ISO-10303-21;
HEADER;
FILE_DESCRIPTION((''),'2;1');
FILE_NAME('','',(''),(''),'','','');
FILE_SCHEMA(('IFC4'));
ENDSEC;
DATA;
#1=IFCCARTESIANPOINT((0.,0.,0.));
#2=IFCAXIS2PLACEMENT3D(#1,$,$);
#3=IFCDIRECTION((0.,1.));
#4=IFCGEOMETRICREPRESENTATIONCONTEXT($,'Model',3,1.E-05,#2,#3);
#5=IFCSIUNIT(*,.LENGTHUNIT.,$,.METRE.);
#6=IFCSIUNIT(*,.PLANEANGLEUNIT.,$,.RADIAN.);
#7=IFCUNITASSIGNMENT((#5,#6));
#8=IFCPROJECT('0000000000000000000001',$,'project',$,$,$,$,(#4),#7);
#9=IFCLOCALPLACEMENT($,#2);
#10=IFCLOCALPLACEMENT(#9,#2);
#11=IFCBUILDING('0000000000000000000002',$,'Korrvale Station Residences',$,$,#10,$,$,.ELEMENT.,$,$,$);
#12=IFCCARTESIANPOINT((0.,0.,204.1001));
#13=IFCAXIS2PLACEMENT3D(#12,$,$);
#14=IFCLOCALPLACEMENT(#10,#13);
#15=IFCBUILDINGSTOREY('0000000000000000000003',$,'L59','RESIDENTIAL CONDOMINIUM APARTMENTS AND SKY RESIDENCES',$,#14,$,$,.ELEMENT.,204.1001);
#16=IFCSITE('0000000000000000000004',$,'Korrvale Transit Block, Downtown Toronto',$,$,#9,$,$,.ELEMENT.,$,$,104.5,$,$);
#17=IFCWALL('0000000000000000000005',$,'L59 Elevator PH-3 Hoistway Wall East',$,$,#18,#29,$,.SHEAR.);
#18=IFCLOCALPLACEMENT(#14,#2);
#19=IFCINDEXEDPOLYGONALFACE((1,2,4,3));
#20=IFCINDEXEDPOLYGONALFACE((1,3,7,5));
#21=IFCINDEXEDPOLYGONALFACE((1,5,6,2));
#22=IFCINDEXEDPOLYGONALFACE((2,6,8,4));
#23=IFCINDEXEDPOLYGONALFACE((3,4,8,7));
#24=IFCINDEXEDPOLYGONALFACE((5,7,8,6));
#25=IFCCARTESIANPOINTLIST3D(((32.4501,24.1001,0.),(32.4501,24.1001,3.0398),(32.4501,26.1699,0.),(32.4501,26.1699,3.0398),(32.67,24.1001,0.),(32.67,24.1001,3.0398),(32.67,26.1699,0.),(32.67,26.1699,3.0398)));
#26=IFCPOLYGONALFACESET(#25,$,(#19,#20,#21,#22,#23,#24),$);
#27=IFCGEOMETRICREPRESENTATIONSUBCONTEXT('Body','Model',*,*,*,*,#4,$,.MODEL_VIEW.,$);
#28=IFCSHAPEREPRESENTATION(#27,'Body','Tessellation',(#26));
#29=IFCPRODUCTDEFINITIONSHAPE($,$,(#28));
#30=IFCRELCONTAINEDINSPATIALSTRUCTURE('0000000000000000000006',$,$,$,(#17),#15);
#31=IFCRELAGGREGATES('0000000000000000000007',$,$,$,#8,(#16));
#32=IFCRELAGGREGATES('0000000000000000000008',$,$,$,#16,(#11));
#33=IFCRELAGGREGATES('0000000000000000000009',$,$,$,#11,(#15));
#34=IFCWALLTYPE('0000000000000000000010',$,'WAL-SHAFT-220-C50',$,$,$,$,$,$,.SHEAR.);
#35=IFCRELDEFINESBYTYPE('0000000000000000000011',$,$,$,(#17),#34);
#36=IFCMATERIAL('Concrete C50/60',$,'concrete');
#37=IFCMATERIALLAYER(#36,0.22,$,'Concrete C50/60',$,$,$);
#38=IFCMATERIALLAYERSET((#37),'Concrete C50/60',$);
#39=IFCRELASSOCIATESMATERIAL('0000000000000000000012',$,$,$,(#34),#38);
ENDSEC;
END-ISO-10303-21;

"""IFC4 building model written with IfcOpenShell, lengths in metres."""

from ifc_helpers import new_model, si_unit, direction, frame, frame_2d, origin, place, context, subcontext, project, spatial, rectangle, extrude, material, layer, layer_set, type_object, element, save


model = new_model("IFC4")

# Units and contexts
model_context = context("Model", 3, precision=1e-05, world=origin(), true_north=direction((0.0, 1.0)))
body_context = subcontext(model_context, "Body", "Model", "MODEL_VIEW")
ifc_project = project(units=[si_unit("LENGTHUNIT", "METRE"), si_unit("PLANEANGLEUNIT", "RADIAN")], contexts=[model_context])

# Site, building, storey
site_placement = place(None, origin())
site = spatial("IfcSite", under=ifc_project, at=site_placement, Name="Korrvale Transit Block, Downtown Toronto", CompositionType="ELEMENT", RefElevation=104.5)
building_placement = place(site_placement, origin())
building = spatial("IfcBuilding", under=site, at=building_placement, Name="Korrvale Station Residences", CompositionType="ELEMENT")
storey_placement = place(building_placement, frame((0.0, 0.0, 204.1001)))
storey = spatial("IfcBuildingStorey", under=building, at=storey_placement, Name="L59", Description="RESIDENTIAL CONDOMINIUM APARTMENTS AND SKY RESIDENCES", CompositionType="ELEMENT", Elevation=204.1001)

# Shared definitions
ifc_material_1 = material(Name="Concrete C50/60", Category="concrete")

# Shared definitions
ifc_layer_1 = layer(ifc_material_1, 0.22, Name="Concrete C50/60")
ifc_layer_set_1 = layer_set([ifc_layer_1], Name="Concrete C50/60")
wall_type_1 = type_object("IfcWallType", Name="WAL-SHAFT-220-C50", PredefinedType="SHEAR", material=ifc_layer_set_1)

# Wall
wall_1_placement = place(storey_placement, frame((32.5601, 24.1001, 0.0), z_axis=(0.0, 0.0, 1.0), x_axis=(0.0, 1.0, 0.0)))
element("IfcWall", 1, at=wall_1_placement, inside=storey, type_object=wall_type_1, Name="L59 Elevator PH-3 Hoistway Wall East", PredefinedType="SHEAR", context=body_context, shape_type="SweptSolid", body=[
    extrude(rectangle(XDim=2.0698, YDim=0.22, at=frame_2d((1.0349, 0.0))), origin(), (0.0, 0.0, 1.0), 3.0398),
])

save(model, "model.ifc")
